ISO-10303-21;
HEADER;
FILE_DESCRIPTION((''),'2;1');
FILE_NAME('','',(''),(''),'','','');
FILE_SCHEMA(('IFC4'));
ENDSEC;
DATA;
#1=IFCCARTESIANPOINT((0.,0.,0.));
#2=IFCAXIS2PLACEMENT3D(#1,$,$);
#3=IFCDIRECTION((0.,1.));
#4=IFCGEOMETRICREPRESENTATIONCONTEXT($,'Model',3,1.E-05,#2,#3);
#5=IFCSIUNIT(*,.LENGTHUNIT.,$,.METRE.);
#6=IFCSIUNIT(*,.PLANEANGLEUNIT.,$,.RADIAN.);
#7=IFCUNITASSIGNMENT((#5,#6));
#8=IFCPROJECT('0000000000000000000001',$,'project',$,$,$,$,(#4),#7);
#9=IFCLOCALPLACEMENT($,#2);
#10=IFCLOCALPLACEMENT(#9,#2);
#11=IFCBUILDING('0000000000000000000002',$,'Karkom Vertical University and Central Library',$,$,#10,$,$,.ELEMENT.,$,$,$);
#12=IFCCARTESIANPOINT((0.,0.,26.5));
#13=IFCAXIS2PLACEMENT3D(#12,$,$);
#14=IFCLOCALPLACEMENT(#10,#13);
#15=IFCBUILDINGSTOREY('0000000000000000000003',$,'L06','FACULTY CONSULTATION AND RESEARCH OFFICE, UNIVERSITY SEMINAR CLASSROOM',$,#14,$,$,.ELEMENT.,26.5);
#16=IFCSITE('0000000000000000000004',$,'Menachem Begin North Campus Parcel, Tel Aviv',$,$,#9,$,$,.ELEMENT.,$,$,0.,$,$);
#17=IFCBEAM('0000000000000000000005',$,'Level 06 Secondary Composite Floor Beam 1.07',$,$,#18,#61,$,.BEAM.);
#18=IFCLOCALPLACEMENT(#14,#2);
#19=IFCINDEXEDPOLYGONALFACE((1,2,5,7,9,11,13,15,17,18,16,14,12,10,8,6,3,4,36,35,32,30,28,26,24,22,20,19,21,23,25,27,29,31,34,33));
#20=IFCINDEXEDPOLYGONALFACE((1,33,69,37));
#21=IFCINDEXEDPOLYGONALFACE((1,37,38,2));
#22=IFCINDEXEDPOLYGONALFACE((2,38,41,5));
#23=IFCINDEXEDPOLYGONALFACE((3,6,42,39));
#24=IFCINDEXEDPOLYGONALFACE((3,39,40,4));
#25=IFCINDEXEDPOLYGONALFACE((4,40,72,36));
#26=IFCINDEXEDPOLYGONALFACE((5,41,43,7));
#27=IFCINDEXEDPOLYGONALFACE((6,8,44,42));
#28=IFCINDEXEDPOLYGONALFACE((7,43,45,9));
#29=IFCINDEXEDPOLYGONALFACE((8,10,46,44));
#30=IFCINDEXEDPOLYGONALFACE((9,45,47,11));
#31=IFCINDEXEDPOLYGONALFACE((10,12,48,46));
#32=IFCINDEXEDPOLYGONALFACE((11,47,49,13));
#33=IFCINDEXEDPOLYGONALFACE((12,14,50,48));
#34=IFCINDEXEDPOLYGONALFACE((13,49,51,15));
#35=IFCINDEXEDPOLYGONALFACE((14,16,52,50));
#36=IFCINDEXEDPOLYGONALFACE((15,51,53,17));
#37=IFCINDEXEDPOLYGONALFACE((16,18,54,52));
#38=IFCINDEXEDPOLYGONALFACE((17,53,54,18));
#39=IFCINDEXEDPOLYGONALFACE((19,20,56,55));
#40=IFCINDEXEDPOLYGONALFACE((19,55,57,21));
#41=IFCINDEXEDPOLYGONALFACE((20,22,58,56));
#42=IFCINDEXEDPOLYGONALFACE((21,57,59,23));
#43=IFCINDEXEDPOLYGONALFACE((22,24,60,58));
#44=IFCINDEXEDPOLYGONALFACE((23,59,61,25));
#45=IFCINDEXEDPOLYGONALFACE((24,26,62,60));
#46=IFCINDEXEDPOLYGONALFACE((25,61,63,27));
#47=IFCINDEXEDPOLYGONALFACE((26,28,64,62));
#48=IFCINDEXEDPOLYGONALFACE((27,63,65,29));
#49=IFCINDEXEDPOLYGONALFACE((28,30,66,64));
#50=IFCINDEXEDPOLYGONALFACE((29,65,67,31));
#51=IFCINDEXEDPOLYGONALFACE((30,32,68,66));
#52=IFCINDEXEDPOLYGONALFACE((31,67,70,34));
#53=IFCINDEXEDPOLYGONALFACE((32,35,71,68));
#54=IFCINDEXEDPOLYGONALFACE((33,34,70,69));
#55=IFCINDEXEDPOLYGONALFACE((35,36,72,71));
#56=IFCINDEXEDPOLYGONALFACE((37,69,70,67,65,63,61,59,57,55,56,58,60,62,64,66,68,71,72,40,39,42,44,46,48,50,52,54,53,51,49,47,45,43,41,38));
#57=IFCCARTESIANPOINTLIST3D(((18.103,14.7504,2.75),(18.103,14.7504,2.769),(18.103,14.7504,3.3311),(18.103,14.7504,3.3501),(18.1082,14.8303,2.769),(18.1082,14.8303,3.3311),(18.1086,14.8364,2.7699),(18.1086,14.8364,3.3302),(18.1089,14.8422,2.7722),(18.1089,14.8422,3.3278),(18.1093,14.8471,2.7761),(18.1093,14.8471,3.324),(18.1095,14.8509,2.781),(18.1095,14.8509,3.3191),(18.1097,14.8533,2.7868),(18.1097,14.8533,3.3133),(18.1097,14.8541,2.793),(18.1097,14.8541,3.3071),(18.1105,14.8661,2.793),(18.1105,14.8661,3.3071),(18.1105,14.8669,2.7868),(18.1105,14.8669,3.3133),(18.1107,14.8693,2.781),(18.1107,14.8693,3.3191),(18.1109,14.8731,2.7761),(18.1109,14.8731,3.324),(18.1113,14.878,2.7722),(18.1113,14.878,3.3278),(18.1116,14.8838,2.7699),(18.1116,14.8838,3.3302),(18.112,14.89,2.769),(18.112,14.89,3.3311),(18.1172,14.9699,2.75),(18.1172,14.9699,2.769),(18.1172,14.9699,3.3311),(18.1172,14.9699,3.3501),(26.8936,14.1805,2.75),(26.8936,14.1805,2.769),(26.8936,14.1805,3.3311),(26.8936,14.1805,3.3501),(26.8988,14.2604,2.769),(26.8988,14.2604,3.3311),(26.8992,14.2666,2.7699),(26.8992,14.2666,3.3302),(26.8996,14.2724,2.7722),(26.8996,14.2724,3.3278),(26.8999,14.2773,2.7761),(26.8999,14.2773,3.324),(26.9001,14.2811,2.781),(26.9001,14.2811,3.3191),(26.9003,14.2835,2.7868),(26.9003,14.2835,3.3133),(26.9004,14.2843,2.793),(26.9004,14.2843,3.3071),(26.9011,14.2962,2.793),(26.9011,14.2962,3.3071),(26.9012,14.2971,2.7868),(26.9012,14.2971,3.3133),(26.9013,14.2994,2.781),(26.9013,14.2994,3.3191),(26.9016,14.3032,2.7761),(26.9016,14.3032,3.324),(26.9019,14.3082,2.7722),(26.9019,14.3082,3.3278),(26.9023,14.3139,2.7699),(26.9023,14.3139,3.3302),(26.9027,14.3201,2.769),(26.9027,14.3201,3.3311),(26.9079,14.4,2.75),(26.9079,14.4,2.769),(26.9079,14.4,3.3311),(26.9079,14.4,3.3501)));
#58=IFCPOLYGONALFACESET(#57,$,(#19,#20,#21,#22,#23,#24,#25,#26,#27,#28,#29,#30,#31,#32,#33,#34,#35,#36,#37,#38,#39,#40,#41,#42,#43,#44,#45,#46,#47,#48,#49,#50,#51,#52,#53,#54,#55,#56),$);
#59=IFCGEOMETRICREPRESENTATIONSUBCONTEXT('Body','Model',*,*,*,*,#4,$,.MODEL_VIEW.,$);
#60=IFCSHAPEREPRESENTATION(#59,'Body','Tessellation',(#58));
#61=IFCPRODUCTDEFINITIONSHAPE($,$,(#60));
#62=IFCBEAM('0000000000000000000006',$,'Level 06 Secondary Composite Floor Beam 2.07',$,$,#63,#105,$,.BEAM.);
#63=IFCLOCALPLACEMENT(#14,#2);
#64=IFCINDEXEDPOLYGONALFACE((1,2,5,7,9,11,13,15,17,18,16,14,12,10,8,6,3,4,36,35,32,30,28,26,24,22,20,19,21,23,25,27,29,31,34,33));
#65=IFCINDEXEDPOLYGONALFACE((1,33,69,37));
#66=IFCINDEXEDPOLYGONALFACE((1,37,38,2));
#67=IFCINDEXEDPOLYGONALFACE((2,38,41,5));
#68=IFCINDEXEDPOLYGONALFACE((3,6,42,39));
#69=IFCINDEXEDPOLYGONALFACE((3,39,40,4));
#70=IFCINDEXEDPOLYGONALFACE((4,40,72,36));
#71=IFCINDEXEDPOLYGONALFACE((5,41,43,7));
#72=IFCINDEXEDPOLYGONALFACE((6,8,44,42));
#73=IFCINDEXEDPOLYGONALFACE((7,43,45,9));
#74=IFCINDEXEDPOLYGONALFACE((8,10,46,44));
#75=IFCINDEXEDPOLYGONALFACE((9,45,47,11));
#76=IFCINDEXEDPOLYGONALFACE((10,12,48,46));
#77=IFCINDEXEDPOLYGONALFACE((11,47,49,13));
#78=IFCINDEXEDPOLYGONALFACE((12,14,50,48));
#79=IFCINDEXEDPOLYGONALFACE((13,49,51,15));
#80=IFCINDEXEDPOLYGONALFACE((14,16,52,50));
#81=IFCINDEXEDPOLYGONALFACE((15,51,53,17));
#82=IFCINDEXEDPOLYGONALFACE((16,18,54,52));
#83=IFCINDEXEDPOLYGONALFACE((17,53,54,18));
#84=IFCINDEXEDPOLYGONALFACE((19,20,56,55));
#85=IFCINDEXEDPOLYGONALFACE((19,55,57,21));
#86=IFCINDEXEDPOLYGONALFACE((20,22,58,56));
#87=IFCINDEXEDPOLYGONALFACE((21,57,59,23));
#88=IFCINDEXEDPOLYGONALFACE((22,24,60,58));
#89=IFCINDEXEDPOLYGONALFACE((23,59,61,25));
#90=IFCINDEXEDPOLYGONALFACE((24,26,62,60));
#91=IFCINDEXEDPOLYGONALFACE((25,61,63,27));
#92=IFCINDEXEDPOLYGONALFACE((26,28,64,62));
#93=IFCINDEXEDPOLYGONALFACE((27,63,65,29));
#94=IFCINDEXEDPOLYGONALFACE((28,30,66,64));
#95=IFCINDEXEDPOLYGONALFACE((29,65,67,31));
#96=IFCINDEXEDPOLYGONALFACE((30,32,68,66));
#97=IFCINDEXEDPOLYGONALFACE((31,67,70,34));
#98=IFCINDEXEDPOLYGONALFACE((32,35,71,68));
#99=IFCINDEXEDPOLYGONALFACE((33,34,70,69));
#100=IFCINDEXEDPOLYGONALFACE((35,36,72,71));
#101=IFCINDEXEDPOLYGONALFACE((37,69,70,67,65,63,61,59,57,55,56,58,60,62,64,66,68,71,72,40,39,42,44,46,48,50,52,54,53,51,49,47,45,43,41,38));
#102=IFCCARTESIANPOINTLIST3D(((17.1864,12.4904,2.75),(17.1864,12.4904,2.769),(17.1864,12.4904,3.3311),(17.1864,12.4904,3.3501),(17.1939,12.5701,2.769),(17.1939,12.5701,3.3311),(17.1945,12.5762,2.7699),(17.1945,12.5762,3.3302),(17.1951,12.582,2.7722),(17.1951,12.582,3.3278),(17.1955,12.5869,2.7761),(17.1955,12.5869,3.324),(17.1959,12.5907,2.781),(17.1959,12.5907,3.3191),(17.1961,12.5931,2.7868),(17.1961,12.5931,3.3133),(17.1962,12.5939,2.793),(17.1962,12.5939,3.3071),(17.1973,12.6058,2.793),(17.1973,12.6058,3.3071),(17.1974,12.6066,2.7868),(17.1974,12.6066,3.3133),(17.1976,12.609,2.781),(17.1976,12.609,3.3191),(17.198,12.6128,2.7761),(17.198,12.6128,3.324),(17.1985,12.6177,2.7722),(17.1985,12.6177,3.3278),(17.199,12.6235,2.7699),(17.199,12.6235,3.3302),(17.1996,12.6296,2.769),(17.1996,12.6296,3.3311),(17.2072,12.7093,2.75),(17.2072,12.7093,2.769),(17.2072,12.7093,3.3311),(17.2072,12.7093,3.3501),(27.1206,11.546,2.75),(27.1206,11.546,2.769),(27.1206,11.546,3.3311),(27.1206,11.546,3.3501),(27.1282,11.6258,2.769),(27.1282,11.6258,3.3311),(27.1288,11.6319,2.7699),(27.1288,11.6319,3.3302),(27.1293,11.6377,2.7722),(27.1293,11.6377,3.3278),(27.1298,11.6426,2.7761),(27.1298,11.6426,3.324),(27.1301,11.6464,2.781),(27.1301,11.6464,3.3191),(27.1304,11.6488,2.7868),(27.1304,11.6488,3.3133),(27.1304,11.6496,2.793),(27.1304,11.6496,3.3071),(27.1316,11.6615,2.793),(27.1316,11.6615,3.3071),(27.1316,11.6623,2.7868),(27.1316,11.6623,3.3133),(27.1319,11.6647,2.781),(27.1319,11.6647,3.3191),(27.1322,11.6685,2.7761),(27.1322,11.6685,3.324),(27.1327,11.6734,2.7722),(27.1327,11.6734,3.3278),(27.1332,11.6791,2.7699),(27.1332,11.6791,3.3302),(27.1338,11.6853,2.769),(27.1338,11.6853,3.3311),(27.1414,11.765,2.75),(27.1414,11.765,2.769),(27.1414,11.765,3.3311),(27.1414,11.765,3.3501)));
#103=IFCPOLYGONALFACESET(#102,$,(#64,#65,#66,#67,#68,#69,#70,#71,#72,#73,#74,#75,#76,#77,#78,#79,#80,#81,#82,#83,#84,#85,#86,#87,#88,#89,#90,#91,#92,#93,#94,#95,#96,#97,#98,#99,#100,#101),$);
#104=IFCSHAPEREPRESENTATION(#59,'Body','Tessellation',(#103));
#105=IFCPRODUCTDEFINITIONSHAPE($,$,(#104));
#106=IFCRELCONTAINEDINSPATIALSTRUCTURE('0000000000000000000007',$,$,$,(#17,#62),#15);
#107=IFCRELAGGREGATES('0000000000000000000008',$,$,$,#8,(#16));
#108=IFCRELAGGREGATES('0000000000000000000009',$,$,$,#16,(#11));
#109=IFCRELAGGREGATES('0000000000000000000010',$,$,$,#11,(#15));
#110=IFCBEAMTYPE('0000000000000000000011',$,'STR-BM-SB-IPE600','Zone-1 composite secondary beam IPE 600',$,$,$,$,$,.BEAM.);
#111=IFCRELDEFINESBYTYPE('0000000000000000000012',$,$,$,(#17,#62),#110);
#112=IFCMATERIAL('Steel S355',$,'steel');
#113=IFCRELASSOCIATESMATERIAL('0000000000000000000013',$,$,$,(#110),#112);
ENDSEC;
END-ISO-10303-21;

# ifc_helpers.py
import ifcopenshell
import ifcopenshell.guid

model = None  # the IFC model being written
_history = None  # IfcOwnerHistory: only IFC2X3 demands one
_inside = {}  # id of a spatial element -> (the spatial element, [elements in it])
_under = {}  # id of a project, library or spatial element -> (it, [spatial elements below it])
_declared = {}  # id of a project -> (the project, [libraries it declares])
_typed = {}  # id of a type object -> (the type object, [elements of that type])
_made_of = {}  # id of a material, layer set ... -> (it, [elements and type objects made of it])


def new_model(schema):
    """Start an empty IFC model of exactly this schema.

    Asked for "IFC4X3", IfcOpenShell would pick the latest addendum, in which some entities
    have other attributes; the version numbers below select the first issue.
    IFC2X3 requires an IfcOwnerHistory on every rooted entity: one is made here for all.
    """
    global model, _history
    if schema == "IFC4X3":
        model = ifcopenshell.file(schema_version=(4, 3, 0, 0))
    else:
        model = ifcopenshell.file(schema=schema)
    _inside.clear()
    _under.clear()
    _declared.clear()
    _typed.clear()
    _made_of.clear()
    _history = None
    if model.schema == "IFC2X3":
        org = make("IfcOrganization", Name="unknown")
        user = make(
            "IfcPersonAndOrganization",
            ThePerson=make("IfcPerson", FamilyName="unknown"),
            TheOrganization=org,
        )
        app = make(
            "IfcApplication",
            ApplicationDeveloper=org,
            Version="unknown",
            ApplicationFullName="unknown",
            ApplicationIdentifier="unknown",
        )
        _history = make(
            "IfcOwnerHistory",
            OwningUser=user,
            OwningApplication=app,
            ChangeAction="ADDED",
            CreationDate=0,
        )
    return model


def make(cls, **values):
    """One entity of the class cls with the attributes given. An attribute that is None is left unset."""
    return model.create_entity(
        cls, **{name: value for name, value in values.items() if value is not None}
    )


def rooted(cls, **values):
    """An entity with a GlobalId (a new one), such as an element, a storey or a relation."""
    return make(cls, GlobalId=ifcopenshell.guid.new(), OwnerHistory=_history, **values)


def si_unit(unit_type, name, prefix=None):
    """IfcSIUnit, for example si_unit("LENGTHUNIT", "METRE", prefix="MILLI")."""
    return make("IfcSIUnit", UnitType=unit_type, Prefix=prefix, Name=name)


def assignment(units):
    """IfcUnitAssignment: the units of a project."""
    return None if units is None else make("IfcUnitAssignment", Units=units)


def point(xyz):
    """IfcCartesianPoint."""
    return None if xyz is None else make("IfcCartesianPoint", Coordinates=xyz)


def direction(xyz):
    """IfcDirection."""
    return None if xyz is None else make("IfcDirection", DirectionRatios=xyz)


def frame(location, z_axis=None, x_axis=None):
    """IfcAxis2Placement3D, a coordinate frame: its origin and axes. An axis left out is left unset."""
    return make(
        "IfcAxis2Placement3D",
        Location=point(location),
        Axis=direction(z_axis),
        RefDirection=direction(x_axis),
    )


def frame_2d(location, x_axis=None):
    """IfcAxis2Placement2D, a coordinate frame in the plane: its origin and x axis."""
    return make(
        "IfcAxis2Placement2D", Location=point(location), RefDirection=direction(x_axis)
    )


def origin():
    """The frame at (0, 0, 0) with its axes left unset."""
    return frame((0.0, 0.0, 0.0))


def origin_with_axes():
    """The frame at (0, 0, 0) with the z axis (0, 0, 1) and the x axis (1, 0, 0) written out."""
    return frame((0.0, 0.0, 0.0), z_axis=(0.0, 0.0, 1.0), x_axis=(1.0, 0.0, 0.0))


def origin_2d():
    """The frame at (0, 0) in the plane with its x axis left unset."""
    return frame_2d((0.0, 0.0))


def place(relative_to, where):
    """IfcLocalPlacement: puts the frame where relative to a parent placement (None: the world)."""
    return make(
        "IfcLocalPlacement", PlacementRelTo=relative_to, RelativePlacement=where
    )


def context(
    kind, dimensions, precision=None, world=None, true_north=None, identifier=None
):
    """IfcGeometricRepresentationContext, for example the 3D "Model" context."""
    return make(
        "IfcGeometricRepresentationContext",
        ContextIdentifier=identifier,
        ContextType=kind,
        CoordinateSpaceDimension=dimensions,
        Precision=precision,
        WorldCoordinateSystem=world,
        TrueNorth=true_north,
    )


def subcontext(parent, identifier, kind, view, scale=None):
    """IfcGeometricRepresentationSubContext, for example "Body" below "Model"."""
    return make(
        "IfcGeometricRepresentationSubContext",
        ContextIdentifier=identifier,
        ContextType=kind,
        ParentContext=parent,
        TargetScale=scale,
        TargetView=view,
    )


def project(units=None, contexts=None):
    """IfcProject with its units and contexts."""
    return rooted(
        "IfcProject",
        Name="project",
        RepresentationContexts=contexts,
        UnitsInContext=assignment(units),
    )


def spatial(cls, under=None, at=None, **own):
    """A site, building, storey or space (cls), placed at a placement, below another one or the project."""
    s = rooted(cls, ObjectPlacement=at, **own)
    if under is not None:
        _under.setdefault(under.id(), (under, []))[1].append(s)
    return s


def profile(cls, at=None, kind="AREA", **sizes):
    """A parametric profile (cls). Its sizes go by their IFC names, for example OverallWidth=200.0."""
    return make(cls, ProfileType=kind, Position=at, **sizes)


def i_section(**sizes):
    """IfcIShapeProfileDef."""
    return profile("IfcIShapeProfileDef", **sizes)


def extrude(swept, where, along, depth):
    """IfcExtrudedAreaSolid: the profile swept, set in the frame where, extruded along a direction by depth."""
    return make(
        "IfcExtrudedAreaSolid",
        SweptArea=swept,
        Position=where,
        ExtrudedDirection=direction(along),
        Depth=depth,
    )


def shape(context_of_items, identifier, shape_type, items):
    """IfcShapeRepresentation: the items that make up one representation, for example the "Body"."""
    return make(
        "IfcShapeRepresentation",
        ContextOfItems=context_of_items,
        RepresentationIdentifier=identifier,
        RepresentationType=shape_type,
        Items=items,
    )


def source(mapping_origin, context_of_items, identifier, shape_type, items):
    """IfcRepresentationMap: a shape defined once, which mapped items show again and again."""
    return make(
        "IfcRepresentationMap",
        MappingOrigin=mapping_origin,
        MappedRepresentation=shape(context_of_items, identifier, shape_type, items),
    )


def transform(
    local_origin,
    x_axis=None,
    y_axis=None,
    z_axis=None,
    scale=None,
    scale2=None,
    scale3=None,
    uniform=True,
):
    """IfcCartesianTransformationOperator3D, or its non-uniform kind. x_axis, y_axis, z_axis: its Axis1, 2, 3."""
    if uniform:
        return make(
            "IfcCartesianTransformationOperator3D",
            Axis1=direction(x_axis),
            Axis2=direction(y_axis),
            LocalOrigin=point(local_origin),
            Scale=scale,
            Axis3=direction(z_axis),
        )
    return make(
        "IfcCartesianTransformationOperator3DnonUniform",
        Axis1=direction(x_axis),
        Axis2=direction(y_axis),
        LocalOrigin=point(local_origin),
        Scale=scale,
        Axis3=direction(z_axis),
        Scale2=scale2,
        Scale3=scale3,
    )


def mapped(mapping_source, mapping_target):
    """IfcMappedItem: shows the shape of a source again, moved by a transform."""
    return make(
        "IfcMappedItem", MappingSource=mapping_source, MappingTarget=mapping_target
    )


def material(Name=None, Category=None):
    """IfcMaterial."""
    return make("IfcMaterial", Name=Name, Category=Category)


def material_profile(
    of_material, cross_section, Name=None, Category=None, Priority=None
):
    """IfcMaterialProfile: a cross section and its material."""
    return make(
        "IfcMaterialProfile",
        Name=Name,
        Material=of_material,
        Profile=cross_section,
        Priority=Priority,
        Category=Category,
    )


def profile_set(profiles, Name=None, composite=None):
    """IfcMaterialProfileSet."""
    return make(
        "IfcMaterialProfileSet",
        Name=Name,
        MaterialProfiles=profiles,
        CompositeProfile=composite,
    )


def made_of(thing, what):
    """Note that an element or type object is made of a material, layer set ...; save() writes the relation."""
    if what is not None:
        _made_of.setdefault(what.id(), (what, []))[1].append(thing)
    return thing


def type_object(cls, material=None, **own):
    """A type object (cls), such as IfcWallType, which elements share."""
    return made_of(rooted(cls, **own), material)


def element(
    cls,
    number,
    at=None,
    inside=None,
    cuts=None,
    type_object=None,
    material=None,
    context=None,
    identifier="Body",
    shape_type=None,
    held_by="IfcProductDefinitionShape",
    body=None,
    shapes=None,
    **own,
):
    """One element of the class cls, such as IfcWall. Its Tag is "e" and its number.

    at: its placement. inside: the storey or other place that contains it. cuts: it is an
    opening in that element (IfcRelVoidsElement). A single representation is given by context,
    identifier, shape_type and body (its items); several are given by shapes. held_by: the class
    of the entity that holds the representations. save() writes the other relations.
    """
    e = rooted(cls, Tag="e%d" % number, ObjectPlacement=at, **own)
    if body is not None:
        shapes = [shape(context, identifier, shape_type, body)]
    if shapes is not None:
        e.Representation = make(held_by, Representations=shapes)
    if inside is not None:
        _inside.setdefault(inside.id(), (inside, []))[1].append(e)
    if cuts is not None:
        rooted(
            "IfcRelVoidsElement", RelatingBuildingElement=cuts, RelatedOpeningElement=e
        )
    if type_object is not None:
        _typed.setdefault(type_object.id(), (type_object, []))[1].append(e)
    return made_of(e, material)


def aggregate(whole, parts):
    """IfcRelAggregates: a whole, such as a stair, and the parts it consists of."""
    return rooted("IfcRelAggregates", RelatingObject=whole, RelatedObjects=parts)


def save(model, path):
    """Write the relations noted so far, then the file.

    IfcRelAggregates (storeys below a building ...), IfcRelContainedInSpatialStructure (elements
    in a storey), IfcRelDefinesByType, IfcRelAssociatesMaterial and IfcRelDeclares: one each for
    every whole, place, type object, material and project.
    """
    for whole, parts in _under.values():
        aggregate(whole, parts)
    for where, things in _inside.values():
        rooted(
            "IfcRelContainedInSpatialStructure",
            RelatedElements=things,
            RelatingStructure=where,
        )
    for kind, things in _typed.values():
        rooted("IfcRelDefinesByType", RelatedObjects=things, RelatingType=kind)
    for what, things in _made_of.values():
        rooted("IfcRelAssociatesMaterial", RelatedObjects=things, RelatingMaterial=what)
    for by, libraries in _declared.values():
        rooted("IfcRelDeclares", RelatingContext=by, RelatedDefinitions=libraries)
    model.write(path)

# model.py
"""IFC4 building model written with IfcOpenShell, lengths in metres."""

from ifc_helpers import new_model, si_unit, direction, frame, origin, origin_with_axes, origin_2d, place, context, subcontext, project, spatial, i_section, extrude, source, transform, mapped, material, material_profile, profile_set, type_object, element, save


model = new_model("IFC4")

# Units and contexts
model_context = context("Model", 3, precision=1e-05, world=origin(), true_north=direction((0.0, 1.0)))
body_context = subcontext(model_context, "Body", "Model", "MODEL_VIEW")
ifc_project = project(units=[si_unit("LENGTHUNIT", "METRE"), si_unit("PLANEANGLEUNIT", "RADIAN")], contexts=[model_context])

# Site, building, storey
site_placement = place(None, origin())
site = spatial("IfcSite", under=ifc_project, at=site_placement, Name="Menachem Begin North Campus Parcel, Tel Aviv", CompositionType="ELEMENT", RefElevation=0.0)
building_placement = place(site_placement, origin())
building = spatial("IfcBuilding", under=site, at=building_placement, Name="Karkom Vertical University and Central Library", CompositionType="ELEMENT")
storey_placement = place(building_placement, frame((0.0, 0.0, 26.5)))
storey = spatial("IfcBuildingStorey", under=building, at=storey_placement, Name="L06", Description="FACULTY CONSULTATION AND RESEARCH OFFICE, UNIVERSITY SEMINAR CLASSROOM", CompositionType="ELEMENT", Elevation=26.5)

# Beams
ifc_material_1 = material(Name="Steel S355", Category="steel")
ifc_material_profile_1 = material_profile(ifc_material_1, i_section(OverallWidth=0.22, OverallDepth=0.6001, WebThickness=0.012, FlangeThickness=0.019, FilletRadius=0.0239, at=origin_2d()), Name="IPE 600")
ifc_profile_set_1 = profile_set([ifc_material_profile_1], Name="Steel S355")
beam_type_1 = type_object("IfcBeamType", Name="STR-BM-SB-IPE600", Description="Zone-1 composite secondary beam IPE 600", PredefinedType="BEAM", material=ifc_profile_set_1)
shared_shape_1 = source(origin_with_axes(), body_context, "Body", "SweptSolid", [
    extrude(i_section(OverallWidth=0.22, OverallDepth=0.6001, WebThickness=0.012, FlangeThickness=0.019, FilletRadius=0.0239, at=origin_2d()), origin(), (0.0, 0.0, 1.0), 8.8091),
])
beam_1_placement = place(storey_placement, frame((18.1101, 14.8601, 3.05), z_axis=(0.997906, -0.064687, 0.0), x_axis=(0.064687, 0.997906, 0.0)))
element("IfcBeam", 1, at=beam_1_placement, inside=storey, type_object=beam_type_1, Name="Level 06 Secondary Composite Floor Beam 1.07", PredefinedType="BEAM", context=body_context, shape_type="MappedRepresentation", body=[
    mapped(shared_shape_1, transform((0.0, 0.0, 0.0), scale=1.0)),
])
shared_shape_2 = source(origin_with_axes(), body_context, "Body", "SweptSolid", [
    extrude(i_section(OverallWidth=0.22, OverallDepth=0.6001, WebThickness=0.012, FlangeThickness=0.019, FilletRadius=0.0239, at=origin_2d()), origin(), (0.0, 0.0, 1.0), 9.979),
])
beam_2_placement = place(storey_placement, frame((17.1968, 12.5999, 3.05), z_axis=(0.995512, -0.094631, 0.0), x_axis=(0.094631, 0.995512, 0.0)))
element("IfcBeam", 2, at=beam_2_placement, inside=storey, type_object=beam_type_1, Name="Level 06 Secondary Composite Floor Beam 2.07", PredefinedType="BEAM", context=body_context, shape_type="MappedRepresentation", body=[
    mapped(shared_shape_2, transform((0.0, 0.0, 0.0), scale=1.0)),
])

save(model, "model.ifc")
